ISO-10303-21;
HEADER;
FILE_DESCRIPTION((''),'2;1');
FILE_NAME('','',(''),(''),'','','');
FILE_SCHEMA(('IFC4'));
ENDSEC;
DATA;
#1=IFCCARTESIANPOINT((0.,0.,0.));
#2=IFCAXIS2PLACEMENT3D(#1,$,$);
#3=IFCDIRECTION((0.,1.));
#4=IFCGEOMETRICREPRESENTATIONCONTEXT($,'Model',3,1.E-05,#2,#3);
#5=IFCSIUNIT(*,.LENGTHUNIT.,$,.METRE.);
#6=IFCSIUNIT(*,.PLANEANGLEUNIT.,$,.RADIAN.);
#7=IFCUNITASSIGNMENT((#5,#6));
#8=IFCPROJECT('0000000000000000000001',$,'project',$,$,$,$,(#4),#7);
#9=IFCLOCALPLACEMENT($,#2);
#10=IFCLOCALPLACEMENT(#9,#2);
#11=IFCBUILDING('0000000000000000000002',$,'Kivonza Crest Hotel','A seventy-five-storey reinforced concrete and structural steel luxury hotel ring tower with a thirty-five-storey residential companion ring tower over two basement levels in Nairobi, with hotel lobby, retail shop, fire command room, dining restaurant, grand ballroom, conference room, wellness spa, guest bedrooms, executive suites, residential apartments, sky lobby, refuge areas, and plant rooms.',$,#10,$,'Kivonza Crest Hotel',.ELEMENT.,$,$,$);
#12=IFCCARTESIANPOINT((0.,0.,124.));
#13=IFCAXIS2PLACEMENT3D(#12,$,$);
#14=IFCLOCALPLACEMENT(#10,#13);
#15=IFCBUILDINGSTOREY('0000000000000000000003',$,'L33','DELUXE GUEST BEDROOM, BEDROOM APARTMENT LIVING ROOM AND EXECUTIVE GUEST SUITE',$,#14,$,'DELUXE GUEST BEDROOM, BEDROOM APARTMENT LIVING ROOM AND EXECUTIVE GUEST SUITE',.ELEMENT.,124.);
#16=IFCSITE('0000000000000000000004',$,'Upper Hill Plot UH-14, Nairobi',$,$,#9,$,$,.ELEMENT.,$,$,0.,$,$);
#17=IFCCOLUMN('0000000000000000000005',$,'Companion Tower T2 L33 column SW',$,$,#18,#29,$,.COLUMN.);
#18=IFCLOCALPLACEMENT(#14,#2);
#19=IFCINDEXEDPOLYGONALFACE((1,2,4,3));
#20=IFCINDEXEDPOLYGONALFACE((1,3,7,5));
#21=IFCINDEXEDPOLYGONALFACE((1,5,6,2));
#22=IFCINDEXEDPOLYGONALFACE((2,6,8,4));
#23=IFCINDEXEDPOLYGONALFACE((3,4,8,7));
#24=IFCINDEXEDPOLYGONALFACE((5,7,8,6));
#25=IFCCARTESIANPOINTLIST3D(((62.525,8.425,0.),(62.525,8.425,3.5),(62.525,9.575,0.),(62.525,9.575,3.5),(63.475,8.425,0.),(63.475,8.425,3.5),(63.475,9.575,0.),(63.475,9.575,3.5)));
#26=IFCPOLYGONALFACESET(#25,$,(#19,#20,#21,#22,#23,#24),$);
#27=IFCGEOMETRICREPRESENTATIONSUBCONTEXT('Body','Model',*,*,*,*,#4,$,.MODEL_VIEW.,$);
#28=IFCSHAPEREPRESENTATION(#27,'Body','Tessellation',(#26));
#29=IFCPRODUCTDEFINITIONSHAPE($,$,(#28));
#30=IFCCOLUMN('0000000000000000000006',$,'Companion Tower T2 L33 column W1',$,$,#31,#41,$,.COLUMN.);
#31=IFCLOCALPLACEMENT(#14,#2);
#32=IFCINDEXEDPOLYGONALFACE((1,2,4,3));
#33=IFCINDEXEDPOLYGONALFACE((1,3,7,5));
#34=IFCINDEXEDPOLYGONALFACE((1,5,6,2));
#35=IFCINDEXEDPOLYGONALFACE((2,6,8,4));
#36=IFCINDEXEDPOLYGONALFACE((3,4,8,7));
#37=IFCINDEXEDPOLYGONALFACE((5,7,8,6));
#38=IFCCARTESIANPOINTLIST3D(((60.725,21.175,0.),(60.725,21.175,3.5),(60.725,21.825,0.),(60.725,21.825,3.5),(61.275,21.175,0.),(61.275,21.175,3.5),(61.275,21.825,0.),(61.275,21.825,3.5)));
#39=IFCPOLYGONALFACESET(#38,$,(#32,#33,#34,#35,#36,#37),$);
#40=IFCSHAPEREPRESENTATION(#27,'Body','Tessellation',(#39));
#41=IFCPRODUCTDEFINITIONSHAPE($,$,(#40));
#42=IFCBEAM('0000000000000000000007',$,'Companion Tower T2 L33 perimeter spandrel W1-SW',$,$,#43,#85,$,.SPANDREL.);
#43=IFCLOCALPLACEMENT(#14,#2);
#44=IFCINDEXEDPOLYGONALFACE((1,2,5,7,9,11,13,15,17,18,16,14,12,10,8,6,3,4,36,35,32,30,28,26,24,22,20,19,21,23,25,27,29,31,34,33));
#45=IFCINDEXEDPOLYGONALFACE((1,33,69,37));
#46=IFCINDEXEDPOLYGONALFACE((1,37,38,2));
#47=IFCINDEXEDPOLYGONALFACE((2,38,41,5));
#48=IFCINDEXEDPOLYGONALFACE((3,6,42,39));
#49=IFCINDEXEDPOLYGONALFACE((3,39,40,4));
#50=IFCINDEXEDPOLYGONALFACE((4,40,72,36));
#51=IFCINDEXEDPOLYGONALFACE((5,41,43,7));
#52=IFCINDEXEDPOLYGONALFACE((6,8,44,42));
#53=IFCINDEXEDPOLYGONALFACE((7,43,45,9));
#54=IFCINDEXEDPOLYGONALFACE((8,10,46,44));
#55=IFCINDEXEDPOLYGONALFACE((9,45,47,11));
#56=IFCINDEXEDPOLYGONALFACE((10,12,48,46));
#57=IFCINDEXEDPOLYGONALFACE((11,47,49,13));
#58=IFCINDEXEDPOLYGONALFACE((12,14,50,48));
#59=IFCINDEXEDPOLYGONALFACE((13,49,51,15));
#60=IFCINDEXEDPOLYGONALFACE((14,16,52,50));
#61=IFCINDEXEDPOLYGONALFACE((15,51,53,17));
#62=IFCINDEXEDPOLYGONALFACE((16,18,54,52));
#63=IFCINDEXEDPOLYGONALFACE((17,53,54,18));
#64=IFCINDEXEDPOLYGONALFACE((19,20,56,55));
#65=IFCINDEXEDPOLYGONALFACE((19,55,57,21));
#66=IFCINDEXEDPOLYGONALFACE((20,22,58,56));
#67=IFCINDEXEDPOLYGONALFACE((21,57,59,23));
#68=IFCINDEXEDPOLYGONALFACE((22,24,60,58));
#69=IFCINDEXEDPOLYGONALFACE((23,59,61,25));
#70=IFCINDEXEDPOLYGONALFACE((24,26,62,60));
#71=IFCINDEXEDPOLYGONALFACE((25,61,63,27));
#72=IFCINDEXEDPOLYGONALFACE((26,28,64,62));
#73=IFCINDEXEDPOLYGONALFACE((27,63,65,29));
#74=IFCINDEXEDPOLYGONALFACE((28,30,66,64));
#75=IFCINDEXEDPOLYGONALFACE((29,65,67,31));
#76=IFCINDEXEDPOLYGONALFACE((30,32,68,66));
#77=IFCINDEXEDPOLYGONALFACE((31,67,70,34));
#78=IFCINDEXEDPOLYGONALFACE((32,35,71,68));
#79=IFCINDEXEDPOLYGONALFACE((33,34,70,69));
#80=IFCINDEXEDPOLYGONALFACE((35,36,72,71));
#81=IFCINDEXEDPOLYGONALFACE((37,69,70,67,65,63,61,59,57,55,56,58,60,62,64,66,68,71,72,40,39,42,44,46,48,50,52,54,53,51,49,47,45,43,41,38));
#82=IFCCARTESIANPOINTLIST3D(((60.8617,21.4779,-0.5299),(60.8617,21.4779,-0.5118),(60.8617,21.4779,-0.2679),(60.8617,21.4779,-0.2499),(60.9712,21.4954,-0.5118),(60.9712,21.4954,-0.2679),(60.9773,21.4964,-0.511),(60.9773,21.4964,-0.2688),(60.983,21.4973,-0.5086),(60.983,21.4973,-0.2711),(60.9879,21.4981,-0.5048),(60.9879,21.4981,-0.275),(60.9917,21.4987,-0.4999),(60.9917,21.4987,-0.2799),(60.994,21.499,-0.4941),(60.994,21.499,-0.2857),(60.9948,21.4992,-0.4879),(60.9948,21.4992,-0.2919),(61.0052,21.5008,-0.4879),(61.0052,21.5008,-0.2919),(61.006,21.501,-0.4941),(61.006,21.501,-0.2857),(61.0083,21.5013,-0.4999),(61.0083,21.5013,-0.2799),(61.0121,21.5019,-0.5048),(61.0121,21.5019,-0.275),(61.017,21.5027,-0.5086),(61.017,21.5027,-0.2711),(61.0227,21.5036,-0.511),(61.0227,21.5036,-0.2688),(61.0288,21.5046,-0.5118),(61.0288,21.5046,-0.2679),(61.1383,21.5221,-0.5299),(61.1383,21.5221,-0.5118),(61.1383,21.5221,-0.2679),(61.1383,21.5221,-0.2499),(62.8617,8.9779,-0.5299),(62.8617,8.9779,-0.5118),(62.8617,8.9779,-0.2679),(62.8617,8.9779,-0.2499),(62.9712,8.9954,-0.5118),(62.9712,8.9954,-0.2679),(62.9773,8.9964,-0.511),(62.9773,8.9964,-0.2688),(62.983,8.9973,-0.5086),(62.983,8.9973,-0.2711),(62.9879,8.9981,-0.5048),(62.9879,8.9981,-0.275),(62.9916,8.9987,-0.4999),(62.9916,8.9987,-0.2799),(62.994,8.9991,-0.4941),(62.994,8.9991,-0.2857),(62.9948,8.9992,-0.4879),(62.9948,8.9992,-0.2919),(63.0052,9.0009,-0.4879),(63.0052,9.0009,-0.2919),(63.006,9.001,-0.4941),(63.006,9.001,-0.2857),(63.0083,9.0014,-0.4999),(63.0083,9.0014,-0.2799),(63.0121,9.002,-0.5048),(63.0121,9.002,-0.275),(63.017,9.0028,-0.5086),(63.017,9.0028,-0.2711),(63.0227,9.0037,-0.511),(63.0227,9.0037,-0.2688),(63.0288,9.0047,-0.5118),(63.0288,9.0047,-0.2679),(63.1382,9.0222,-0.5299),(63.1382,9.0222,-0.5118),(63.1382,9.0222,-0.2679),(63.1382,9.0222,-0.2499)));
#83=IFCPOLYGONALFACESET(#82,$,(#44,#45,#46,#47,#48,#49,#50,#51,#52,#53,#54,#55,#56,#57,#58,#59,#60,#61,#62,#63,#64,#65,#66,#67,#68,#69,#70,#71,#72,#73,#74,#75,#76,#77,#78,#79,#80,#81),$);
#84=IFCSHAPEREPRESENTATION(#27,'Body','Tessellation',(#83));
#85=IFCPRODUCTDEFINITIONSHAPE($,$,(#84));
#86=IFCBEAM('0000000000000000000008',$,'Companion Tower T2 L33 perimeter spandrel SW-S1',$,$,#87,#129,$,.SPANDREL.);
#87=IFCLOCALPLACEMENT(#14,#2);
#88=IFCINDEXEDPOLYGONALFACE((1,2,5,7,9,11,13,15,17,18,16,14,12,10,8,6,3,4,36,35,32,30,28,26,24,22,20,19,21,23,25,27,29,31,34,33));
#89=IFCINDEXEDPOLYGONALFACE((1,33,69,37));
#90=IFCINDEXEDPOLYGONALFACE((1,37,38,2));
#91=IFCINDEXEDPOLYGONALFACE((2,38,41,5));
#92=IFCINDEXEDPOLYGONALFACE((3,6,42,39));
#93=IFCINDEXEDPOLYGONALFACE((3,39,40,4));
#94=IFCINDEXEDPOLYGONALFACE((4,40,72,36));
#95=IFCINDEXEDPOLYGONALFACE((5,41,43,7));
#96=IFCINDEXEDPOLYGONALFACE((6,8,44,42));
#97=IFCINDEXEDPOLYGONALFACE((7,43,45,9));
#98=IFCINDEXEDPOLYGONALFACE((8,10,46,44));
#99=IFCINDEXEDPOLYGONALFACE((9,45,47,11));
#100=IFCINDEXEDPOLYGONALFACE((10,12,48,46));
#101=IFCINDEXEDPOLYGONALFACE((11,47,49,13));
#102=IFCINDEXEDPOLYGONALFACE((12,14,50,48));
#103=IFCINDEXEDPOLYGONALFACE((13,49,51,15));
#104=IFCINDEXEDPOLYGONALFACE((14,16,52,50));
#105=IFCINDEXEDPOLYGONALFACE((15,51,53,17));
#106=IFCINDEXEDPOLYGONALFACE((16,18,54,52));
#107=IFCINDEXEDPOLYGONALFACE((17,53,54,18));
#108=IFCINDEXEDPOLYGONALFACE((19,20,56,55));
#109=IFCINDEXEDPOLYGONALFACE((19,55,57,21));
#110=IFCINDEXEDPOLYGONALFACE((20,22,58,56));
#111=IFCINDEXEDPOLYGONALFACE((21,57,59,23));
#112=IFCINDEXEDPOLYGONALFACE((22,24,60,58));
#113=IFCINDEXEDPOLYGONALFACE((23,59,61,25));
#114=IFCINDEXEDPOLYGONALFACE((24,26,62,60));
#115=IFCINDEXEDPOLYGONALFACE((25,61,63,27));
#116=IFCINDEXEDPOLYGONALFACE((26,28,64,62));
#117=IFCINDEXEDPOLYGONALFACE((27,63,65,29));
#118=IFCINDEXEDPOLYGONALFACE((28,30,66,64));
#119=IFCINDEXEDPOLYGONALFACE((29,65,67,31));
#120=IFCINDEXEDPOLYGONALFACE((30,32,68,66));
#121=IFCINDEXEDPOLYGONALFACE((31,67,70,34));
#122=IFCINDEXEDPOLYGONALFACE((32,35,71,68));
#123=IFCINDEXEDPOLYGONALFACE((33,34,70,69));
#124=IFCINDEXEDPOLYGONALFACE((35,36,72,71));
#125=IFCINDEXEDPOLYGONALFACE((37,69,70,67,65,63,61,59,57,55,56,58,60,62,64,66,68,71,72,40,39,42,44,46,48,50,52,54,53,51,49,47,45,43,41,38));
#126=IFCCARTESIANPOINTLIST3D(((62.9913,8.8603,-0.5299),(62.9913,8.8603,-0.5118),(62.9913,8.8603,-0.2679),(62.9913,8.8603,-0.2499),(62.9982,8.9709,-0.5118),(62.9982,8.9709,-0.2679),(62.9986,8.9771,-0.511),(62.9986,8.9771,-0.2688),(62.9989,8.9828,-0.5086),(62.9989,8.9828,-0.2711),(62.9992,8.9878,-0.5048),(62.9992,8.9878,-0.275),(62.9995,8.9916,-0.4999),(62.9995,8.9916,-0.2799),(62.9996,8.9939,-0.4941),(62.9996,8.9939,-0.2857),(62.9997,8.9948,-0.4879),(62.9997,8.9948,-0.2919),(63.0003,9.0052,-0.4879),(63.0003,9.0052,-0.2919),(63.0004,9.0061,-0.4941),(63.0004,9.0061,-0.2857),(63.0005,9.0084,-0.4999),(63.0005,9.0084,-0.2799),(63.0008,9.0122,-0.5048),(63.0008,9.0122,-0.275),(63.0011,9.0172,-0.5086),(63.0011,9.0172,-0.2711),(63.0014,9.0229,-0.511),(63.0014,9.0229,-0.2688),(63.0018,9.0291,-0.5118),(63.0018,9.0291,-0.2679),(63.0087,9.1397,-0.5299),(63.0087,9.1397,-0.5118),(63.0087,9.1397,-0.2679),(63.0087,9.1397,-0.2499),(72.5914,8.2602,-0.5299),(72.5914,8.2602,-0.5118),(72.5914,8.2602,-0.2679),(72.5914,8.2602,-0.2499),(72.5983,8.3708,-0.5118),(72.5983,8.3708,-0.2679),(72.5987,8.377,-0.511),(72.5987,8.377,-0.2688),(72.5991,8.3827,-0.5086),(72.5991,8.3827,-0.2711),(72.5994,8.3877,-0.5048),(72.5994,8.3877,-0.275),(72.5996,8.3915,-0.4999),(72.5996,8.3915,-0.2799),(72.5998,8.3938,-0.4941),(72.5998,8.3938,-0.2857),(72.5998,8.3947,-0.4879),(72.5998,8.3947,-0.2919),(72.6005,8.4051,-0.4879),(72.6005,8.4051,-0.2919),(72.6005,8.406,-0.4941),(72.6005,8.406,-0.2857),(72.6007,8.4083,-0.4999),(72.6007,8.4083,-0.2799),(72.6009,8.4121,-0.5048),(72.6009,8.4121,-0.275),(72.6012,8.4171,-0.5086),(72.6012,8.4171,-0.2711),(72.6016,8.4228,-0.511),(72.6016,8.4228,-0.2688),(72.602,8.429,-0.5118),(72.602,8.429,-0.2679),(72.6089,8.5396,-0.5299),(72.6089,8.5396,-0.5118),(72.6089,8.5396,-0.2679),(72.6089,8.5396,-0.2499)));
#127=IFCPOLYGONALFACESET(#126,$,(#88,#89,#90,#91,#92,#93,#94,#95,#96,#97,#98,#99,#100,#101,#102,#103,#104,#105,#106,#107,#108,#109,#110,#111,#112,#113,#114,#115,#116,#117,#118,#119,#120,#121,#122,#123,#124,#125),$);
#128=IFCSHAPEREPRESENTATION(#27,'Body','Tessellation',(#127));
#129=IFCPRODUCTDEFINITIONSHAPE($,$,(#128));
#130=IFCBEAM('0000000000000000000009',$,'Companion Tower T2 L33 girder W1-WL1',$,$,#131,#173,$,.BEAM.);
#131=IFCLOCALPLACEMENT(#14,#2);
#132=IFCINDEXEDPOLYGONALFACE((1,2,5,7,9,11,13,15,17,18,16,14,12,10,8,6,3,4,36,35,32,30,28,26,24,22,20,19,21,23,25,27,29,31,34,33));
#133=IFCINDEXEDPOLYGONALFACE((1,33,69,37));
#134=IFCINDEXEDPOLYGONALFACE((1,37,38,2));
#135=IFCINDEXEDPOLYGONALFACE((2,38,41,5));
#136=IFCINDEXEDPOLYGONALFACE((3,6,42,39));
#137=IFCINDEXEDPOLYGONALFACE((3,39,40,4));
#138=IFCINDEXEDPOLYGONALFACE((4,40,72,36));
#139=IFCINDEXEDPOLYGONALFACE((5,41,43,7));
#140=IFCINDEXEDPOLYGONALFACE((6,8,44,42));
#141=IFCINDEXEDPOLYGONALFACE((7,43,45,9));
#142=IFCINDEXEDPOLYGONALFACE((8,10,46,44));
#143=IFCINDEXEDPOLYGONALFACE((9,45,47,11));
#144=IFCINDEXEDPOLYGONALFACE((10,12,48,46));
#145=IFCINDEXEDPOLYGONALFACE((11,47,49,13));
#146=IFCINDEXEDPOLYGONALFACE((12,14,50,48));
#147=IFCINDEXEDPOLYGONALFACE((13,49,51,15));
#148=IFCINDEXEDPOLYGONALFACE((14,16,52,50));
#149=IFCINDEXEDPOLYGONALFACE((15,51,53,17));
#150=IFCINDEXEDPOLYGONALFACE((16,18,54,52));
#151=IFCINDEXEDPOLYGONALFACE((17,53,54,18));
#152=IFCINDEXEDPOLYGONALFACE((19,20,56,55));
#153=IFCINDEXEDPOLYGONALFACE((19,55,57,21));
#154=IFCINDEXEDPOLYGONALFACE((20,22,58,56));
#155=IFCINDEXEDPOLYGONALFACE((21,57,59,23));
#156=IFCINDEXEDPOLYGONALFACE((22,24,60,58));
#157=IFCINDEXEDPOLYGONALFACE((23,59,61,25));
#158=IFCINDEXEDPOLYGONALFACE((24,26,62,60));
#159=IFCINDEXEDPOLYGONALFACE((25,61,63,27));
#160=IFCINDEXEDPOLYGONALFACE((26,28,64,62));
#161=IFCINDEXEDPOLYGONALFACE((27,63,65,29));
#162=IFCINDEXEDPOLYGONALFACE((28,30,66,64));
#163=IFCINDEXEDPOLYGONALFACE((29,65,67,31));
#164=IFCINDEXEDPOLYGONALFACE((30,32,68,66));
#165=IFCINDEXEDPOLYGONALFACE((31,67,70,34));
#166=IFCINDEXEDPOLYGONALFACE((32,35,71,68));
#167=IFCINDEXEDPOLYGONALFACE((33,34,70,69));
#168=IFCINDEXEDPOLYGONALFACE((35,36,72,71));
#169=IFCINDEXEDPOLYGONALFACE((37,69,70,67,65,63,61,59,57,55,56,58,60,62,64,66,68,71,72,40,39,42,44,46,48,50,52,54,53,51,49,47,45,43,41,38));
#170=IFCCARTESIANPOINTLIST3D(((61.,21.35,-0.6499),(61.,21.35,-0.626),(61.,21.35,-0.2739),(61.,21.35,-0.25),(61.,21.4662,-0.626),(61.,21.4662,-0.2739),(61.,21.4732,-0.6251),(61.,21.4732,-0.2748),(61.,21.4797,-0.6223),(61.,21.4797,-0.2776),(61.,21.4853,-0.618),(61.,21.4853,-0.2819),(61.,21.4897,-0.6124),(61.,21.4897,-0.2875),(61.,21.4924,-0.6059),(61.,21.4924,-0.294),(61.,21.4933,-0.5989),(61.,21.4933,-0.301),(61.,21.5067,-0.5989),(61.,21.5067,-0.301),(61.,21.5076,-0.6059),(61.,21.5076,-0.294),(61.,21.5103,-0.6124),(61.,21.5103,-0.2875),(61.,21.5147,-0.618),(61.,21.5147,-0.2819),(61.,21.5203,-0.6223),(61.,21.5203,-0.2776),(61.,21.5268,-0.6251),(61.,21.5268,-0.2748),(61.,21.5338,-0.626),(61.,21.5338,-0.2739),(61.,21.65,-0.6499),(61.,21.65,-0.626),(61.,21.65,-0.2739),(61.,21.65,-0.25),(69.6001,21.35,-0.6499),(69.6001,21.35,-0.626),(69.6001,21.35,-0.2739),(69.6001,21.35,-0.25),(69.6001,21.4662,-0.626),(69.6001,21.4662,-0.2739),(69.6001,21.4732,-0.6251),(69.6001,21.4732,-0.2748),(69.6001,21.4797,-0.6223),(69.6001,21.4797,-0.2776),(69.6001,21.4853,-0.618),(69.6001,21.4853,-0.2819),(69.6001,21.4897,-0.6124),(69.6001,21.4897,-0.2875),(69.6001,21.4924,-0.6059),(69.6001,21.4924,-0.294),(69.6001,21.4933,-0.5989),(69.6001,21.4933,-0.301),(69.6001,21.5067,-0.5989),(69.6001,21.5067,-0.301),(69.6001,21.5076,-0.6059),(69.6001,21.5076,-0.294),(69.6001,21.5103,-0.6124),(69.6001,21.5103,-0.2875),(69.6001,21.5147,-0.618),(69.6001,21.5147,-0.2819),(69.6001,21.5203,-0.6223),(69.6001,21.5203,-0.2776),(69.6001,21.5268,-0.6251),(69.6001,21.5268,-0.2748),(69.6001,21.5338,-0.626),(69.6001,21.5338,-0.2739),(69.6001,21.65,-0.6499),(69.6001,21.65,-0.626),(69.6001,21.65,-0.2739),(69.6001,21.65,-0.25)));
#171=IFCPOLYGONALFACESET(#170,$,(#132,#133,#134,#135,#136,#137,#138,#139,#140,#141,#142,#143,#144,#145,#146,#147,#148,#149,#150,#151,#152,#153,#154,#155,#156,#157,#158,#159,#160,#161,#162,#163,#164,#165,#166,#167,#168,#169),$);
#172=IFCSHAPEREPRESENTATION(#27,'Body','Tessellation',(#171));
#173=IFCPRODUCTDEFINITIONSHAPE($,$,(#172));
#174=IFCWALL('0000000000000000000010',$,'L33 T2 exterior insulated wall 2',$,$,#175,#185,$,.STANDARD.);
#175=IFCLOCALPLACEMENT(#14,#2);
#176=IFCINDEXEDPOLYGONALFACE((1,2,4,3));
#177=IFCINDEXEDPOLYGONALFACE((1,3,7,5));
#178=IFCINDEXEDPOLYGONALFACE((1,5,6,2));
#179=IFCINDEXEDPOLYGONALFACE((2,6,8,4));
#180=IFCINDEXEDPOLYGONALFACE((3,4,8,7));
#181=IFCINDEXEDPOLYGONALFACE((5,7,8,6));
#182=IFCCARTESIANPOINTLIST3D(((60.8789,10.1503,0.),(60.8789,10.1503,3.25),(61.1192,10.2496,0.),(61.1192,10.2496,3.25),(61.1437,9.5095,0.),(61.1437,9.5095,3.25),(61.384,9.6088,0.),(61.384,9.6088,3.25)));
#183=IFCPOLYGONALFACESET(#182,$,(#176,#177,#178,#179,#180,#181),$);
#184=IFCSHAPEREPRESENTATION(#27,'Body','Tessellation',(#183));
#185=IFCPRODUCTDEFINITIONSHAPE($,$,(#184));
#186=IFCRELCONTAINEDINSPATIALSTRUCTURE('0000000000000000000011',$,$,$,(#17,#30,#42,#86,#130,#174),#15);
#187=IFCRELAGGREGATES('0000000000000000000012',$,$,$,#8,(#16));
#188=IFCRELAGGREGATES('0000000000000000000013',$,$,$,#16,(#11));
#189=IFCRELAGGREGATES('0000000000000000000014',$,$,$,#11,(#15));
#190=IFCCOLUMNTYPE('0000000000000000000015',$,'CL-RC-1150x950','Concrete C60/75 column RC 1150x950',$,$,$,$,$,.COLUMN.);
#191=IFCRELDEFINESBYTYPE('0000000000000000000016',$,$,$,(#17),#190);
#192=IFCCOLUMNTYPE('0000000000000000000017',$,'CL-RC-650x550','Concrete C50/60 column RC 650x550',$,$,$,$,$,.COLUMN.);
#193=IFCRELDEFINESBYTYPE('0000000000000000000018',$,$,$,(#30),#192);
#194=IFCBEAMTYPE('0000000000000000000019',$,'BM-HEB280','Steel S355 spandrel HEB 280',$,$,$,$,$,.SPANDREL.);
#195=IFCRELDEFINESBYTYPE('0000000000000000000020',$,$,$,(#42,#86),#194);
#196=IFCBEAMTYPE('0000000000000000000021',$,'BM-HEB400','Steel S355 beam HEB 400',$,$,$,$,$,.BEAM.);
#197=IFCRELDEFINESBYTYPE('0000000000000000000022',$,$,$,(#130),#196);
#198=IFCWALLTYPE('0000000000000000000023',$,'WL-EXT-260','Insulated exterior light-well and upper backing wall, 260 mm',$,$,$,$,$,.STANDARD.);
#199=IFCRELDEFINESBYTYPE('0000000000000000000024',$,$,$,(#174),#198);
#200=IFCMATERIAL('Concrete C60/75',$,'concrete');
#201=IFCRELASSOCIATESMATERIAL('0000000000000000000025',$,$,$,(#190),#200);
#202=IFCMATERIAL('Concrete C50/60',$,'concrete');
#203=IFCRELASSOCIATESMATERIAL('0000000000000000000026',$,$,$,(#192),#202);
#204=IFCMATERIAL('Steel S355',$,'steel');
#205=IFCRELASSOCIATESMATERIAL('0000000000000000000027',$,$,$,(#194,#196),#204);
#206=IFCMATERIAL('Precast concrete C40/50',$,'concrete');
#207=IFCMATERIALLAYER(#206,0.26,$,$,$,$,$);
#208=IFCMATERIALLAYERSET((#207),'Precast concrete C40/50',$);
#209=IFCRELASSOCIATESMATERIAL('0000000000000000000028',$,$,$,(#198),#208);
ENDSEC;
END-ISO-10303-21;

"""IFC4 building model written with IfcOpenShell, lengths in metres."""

from ifc_helpers import new_model, si_unit, direction, frame, frame_2d, origin, origin_2d, place, context, subcontext, project, spatial, rectangle, i_section, extrude, material, layer, layer_set, material_profile, profile_set, type_object, element, save


model = new_model("IFC4")

# Units and contexts
model_context = context("Model", 3, precision=1e-05, world=origin(), true_north=direction((0.0, 1.0)))
body_context = subcontext(model_context, "Body", "Model", "MODEL_VIEW")
ifc_project = project(units=[si_unit("LENGTHUNIT", "METRE"), si_unit("PLANEANGLEUNIT", "RADIAN")], contexts=[model_context])

# Site, building, storey
site_placement = place(None, origin())
site = spatial("IfcSite", under=ifc_project, at=site_placement, Name="Upper Hill Plot UH-14, Nairobi", CompositionType="ELEMENT", RefElevation=0.0)
building_placement = place(site_placement, origin())
building = spatial("IfcBuilding", under=site, at=building_placement, Name="Kivonza Crest Hotel", Description="A seventy-five-storey reinforced concrete and structural steel luxury hotel ring tower with a thirty-five-storey residential companion ring tower over two basement levels in Nairobi, with hotel lobby, retail shop, fire command room, dining restaurant, grand ballroom, conference room, wellness spa, guest bedrooms, executive suites, residential apartments, sky lobby, refuge areas, and plant rooms.", LongName="Kivonza Crest Hotel", CompositionType="ELEMENT")
storey_placement = place(building_placement, frame((0.0, 0.0, 124.0)))
storey = spatial("IfcBuildingStorey", under=building, at=storey_placement, Name="L33", Description="DELUXE GUEST BEDROOM, BEDROOM APARTMENT LIVING ROOM AND EXECUTIVE GUEST SUITE", LongName="DELUXE GUEST BEDROOM, BEDROOM APARTMENT LIVING ROOM AND EXECUTIVE GUEST SUITE", CompositionType="ELEMENT", Elevation=124.0)

# Columns
ifc_material_1 = material(Name="Concrete C60/75", Category="concrete")
ifc_material_profile_1 = material_profile(ifc_material_1, rectangle(XDim=0.95, YDim=1.1499, at=origin_2d()), Name="RC 1150x950")
ifc_profile_set_1 = profile_set([ifc_material_profile_1], Name="Concrete C60/75")
column_type_1 = type_object("IfcColumnType", Name="CL-RC-1150x950", Description="Concrete C60/75 column RC 1150x950", PredefinedType="COLUMN", material=ifc_profile_set_1)
column_1_placement = place(storey_placement, frame((63.0, 9.0, 0.0), z_axis=(0.0, 0.0, 1.0), x_axis=(1.0, 0.0, 0.0)))
element("IfcColumn", 1, at=column_1_placement, inside=storey, type_object=column_type_1, Name="Companion Tower T2 L33 column SW", PredefinedType="COLUMN", context=body_context, shape_type="SweptSolid", body=[
    extrude(rectangle(XDim=0.95, YDim=1.1499, at=origin_2d()), origin(), (0.0, 0.0, 1.0), 3.5),
])
ifc_material_2 = material(Name="Concrete C50/60", Category="concrete")
ifc_material_profile_2 = material_profile(ifc_material_2, rectangle(XDim=0.55, YDim=0.6499, at=origin_2d()), Name="RC 650x550")
ifc_profile_set_2 = profile_set([ifc_material_profile_2], Name="Concrete C50/60")
column_type_2 = type_object("IfcColumnType", Name="CL-RC-650x550", Description="Concrete C50/60 column RC 650x550", PredefinedType="COLUMN", material=ifc_profile_set_2)
column_2_placement = place(storey_placement, frame((61.0, 21.5, 0.0), z_axis=(0.0, 0.0, 1.0), x_axis=(1.0, 0.0, 0.0)))
element("IfcColumn", 2, at=column_2_placement, inside=storey, type_object=column_type_2, Name="Companion Tower T2 L33 column W1", PredefinedType="COLUMN", context=body_context, shape_type="SweptSolid", body=[
    extrude(rectangle(XDim=0.55, YDim=0.6499, at=origin_2d()), origin(), (0.0, 0.0, 1.0), 3.5),
])

# Beams
ifc_material_3 = material(Name="Steel S355", Category="steel")
ifc_material_profile_3 = material_profile(ifc_material_3, i_section(OverallWidth=0.28, OverallDepth=0.28, WebThickness=0.0105, FlangeThickness=0.0181, FilletRadius=0.0239, at=origin_2d()), Name="HEB 280")
ifc_profile_set_3 = profile_set([ifc_material_profile_3], Name="Steel S355")
beam_type_1 = type_object("IfcBeamType", Name="BM-HEB280", Description="Steel S355 spandrel HEB 280", PredefinedType="SPANDREL", material=ifc_profile_set_3)
beam_1_placement = place(storey_placement, frame((61.0, 21.5, -0.3899), z_axis=(0.157991, -0.987441, 0.0), x_axis=(0.987441, 0.157991, 0.0)))
element("IfcBeam", 3, at=beam_1_placement, inside=storey, type_object=beam_type_1, Name="Companion Tower T2 L33 perimeter spandrel W1-SW", PredefinedType="SPANDREL", context=body_context, shape_type="SweptSolid", body=[
    extrude(i_section(OverallWidth=0.28, OverallDepth=0.28, WebThickness=0.0105, FlangeThickness=0.0181, FilletRadius=0.0239, at=origin_2d()), origin(), (0.0, 0.0, 1.0), 12.6589),
])
beam_2_placement = place(storey_placement, frame((63.0, 9.0, -0.3899), z_axis=(0.998052, -0.062388, 0.0), x_axis=(0.062388, 0.998052, 0.0)))
element("IfcBeam", 4, at=beam_2_placement, inside=storey, type_object=beam_type_1, Name="Companion Tower T2 L33 perimeter spandrel SW-S1", PredefinedType="SPANDREL", context=body_context, shape_type="SweptSolid", body=[
    extrude(i_section(OverallWidth=0.28, OverallDepth=0.28, WebThickness=0.0105, FlangeThickness=0.0181, FilletRadius=0.0239, at=origin_2d()), origin(), (0.0, 0.0, 1.0), 9.6189),
])
ifc_material_profile_4 = material_profile(ifc_material_3, i_section(OverallWidth=0.3, OverallDepth=0.3999, WebThickness=0.0134, FlangeThickness=0.0239, FilletRadius=0.0271, at=origin_2d()), Name="HEB 400")
ifc_profile_set_4 = profile_set([ifc_material_profile_4], Name="Steel S355")
beam_type_2 = type_object("IfcBeamType", Name="BM-HEB400", Description="Steel S355 beam HEB 400", PredefinedType="BEAM", material=ifc_profile_set_4)
beam_3_placement = place(storey_placement, frame((61.0, 21.5, -0.45), z_axis=(1.0, 0.0, 0.0), x_axis=(0.0, 1.0, 0.0)))
element("IfcBeam", 5, at=beam_3_placement, inside=storey, type_object=beam_type_2, Name="Companion Tower T2 L33 girder W1-WL1", PredefinedType="BEAM", context=body_context, shape_type="SweptSolid", body=[
    extrude(i_section(OverallWidth=0.3, OverallDepth=0.3999, WebThickness=0.0134, FlangeThickness=0.0239, FilletRadius=0.0271, at=origin_2d()), origin(), (0.0, 0.0, 1.0), 8.6001),
])

# Wall
ifc_material_4 = material(Name="Precast concrete C40/50", Category="concrete")
ifc_layer_1 = layer(ifc_material_4, 0.26)
ifc_layer_set_1 = layer_set([ifc_layer_1], Name="Precast concrete C40/50")
wall_type_1 = type_object("IfcWallType", Name="WL-EXT-260", Description="Insulated exterior light-well and upper backing wall, 260 mm", PredefinedType="STANDARD", material=ifc_layer_set_1)
wall_1_placement = place(storey_placement, frame((60.999, 10.2, 0.0), z_axis=(0.0, 0.0, 1.0), x_axis=(0.381989, -0.924167, 0.0)))
element("IfcWall", 6, at=wall_1_placement, inside=storey, type_object=wall_type_1, Name="L33 T2 exterior insulated wall 2", PredefinedType="STANDARD", context=body_context, shape_type="SweptSolid", body=[
    extrude(rectangle(XDim=0.6934, YDim=0.26, at=frame_2d((0.3467, 0.0))), origin(), (0.0, 0.0, 1.0), 3.25),
])

save(model, "model.ifc")
